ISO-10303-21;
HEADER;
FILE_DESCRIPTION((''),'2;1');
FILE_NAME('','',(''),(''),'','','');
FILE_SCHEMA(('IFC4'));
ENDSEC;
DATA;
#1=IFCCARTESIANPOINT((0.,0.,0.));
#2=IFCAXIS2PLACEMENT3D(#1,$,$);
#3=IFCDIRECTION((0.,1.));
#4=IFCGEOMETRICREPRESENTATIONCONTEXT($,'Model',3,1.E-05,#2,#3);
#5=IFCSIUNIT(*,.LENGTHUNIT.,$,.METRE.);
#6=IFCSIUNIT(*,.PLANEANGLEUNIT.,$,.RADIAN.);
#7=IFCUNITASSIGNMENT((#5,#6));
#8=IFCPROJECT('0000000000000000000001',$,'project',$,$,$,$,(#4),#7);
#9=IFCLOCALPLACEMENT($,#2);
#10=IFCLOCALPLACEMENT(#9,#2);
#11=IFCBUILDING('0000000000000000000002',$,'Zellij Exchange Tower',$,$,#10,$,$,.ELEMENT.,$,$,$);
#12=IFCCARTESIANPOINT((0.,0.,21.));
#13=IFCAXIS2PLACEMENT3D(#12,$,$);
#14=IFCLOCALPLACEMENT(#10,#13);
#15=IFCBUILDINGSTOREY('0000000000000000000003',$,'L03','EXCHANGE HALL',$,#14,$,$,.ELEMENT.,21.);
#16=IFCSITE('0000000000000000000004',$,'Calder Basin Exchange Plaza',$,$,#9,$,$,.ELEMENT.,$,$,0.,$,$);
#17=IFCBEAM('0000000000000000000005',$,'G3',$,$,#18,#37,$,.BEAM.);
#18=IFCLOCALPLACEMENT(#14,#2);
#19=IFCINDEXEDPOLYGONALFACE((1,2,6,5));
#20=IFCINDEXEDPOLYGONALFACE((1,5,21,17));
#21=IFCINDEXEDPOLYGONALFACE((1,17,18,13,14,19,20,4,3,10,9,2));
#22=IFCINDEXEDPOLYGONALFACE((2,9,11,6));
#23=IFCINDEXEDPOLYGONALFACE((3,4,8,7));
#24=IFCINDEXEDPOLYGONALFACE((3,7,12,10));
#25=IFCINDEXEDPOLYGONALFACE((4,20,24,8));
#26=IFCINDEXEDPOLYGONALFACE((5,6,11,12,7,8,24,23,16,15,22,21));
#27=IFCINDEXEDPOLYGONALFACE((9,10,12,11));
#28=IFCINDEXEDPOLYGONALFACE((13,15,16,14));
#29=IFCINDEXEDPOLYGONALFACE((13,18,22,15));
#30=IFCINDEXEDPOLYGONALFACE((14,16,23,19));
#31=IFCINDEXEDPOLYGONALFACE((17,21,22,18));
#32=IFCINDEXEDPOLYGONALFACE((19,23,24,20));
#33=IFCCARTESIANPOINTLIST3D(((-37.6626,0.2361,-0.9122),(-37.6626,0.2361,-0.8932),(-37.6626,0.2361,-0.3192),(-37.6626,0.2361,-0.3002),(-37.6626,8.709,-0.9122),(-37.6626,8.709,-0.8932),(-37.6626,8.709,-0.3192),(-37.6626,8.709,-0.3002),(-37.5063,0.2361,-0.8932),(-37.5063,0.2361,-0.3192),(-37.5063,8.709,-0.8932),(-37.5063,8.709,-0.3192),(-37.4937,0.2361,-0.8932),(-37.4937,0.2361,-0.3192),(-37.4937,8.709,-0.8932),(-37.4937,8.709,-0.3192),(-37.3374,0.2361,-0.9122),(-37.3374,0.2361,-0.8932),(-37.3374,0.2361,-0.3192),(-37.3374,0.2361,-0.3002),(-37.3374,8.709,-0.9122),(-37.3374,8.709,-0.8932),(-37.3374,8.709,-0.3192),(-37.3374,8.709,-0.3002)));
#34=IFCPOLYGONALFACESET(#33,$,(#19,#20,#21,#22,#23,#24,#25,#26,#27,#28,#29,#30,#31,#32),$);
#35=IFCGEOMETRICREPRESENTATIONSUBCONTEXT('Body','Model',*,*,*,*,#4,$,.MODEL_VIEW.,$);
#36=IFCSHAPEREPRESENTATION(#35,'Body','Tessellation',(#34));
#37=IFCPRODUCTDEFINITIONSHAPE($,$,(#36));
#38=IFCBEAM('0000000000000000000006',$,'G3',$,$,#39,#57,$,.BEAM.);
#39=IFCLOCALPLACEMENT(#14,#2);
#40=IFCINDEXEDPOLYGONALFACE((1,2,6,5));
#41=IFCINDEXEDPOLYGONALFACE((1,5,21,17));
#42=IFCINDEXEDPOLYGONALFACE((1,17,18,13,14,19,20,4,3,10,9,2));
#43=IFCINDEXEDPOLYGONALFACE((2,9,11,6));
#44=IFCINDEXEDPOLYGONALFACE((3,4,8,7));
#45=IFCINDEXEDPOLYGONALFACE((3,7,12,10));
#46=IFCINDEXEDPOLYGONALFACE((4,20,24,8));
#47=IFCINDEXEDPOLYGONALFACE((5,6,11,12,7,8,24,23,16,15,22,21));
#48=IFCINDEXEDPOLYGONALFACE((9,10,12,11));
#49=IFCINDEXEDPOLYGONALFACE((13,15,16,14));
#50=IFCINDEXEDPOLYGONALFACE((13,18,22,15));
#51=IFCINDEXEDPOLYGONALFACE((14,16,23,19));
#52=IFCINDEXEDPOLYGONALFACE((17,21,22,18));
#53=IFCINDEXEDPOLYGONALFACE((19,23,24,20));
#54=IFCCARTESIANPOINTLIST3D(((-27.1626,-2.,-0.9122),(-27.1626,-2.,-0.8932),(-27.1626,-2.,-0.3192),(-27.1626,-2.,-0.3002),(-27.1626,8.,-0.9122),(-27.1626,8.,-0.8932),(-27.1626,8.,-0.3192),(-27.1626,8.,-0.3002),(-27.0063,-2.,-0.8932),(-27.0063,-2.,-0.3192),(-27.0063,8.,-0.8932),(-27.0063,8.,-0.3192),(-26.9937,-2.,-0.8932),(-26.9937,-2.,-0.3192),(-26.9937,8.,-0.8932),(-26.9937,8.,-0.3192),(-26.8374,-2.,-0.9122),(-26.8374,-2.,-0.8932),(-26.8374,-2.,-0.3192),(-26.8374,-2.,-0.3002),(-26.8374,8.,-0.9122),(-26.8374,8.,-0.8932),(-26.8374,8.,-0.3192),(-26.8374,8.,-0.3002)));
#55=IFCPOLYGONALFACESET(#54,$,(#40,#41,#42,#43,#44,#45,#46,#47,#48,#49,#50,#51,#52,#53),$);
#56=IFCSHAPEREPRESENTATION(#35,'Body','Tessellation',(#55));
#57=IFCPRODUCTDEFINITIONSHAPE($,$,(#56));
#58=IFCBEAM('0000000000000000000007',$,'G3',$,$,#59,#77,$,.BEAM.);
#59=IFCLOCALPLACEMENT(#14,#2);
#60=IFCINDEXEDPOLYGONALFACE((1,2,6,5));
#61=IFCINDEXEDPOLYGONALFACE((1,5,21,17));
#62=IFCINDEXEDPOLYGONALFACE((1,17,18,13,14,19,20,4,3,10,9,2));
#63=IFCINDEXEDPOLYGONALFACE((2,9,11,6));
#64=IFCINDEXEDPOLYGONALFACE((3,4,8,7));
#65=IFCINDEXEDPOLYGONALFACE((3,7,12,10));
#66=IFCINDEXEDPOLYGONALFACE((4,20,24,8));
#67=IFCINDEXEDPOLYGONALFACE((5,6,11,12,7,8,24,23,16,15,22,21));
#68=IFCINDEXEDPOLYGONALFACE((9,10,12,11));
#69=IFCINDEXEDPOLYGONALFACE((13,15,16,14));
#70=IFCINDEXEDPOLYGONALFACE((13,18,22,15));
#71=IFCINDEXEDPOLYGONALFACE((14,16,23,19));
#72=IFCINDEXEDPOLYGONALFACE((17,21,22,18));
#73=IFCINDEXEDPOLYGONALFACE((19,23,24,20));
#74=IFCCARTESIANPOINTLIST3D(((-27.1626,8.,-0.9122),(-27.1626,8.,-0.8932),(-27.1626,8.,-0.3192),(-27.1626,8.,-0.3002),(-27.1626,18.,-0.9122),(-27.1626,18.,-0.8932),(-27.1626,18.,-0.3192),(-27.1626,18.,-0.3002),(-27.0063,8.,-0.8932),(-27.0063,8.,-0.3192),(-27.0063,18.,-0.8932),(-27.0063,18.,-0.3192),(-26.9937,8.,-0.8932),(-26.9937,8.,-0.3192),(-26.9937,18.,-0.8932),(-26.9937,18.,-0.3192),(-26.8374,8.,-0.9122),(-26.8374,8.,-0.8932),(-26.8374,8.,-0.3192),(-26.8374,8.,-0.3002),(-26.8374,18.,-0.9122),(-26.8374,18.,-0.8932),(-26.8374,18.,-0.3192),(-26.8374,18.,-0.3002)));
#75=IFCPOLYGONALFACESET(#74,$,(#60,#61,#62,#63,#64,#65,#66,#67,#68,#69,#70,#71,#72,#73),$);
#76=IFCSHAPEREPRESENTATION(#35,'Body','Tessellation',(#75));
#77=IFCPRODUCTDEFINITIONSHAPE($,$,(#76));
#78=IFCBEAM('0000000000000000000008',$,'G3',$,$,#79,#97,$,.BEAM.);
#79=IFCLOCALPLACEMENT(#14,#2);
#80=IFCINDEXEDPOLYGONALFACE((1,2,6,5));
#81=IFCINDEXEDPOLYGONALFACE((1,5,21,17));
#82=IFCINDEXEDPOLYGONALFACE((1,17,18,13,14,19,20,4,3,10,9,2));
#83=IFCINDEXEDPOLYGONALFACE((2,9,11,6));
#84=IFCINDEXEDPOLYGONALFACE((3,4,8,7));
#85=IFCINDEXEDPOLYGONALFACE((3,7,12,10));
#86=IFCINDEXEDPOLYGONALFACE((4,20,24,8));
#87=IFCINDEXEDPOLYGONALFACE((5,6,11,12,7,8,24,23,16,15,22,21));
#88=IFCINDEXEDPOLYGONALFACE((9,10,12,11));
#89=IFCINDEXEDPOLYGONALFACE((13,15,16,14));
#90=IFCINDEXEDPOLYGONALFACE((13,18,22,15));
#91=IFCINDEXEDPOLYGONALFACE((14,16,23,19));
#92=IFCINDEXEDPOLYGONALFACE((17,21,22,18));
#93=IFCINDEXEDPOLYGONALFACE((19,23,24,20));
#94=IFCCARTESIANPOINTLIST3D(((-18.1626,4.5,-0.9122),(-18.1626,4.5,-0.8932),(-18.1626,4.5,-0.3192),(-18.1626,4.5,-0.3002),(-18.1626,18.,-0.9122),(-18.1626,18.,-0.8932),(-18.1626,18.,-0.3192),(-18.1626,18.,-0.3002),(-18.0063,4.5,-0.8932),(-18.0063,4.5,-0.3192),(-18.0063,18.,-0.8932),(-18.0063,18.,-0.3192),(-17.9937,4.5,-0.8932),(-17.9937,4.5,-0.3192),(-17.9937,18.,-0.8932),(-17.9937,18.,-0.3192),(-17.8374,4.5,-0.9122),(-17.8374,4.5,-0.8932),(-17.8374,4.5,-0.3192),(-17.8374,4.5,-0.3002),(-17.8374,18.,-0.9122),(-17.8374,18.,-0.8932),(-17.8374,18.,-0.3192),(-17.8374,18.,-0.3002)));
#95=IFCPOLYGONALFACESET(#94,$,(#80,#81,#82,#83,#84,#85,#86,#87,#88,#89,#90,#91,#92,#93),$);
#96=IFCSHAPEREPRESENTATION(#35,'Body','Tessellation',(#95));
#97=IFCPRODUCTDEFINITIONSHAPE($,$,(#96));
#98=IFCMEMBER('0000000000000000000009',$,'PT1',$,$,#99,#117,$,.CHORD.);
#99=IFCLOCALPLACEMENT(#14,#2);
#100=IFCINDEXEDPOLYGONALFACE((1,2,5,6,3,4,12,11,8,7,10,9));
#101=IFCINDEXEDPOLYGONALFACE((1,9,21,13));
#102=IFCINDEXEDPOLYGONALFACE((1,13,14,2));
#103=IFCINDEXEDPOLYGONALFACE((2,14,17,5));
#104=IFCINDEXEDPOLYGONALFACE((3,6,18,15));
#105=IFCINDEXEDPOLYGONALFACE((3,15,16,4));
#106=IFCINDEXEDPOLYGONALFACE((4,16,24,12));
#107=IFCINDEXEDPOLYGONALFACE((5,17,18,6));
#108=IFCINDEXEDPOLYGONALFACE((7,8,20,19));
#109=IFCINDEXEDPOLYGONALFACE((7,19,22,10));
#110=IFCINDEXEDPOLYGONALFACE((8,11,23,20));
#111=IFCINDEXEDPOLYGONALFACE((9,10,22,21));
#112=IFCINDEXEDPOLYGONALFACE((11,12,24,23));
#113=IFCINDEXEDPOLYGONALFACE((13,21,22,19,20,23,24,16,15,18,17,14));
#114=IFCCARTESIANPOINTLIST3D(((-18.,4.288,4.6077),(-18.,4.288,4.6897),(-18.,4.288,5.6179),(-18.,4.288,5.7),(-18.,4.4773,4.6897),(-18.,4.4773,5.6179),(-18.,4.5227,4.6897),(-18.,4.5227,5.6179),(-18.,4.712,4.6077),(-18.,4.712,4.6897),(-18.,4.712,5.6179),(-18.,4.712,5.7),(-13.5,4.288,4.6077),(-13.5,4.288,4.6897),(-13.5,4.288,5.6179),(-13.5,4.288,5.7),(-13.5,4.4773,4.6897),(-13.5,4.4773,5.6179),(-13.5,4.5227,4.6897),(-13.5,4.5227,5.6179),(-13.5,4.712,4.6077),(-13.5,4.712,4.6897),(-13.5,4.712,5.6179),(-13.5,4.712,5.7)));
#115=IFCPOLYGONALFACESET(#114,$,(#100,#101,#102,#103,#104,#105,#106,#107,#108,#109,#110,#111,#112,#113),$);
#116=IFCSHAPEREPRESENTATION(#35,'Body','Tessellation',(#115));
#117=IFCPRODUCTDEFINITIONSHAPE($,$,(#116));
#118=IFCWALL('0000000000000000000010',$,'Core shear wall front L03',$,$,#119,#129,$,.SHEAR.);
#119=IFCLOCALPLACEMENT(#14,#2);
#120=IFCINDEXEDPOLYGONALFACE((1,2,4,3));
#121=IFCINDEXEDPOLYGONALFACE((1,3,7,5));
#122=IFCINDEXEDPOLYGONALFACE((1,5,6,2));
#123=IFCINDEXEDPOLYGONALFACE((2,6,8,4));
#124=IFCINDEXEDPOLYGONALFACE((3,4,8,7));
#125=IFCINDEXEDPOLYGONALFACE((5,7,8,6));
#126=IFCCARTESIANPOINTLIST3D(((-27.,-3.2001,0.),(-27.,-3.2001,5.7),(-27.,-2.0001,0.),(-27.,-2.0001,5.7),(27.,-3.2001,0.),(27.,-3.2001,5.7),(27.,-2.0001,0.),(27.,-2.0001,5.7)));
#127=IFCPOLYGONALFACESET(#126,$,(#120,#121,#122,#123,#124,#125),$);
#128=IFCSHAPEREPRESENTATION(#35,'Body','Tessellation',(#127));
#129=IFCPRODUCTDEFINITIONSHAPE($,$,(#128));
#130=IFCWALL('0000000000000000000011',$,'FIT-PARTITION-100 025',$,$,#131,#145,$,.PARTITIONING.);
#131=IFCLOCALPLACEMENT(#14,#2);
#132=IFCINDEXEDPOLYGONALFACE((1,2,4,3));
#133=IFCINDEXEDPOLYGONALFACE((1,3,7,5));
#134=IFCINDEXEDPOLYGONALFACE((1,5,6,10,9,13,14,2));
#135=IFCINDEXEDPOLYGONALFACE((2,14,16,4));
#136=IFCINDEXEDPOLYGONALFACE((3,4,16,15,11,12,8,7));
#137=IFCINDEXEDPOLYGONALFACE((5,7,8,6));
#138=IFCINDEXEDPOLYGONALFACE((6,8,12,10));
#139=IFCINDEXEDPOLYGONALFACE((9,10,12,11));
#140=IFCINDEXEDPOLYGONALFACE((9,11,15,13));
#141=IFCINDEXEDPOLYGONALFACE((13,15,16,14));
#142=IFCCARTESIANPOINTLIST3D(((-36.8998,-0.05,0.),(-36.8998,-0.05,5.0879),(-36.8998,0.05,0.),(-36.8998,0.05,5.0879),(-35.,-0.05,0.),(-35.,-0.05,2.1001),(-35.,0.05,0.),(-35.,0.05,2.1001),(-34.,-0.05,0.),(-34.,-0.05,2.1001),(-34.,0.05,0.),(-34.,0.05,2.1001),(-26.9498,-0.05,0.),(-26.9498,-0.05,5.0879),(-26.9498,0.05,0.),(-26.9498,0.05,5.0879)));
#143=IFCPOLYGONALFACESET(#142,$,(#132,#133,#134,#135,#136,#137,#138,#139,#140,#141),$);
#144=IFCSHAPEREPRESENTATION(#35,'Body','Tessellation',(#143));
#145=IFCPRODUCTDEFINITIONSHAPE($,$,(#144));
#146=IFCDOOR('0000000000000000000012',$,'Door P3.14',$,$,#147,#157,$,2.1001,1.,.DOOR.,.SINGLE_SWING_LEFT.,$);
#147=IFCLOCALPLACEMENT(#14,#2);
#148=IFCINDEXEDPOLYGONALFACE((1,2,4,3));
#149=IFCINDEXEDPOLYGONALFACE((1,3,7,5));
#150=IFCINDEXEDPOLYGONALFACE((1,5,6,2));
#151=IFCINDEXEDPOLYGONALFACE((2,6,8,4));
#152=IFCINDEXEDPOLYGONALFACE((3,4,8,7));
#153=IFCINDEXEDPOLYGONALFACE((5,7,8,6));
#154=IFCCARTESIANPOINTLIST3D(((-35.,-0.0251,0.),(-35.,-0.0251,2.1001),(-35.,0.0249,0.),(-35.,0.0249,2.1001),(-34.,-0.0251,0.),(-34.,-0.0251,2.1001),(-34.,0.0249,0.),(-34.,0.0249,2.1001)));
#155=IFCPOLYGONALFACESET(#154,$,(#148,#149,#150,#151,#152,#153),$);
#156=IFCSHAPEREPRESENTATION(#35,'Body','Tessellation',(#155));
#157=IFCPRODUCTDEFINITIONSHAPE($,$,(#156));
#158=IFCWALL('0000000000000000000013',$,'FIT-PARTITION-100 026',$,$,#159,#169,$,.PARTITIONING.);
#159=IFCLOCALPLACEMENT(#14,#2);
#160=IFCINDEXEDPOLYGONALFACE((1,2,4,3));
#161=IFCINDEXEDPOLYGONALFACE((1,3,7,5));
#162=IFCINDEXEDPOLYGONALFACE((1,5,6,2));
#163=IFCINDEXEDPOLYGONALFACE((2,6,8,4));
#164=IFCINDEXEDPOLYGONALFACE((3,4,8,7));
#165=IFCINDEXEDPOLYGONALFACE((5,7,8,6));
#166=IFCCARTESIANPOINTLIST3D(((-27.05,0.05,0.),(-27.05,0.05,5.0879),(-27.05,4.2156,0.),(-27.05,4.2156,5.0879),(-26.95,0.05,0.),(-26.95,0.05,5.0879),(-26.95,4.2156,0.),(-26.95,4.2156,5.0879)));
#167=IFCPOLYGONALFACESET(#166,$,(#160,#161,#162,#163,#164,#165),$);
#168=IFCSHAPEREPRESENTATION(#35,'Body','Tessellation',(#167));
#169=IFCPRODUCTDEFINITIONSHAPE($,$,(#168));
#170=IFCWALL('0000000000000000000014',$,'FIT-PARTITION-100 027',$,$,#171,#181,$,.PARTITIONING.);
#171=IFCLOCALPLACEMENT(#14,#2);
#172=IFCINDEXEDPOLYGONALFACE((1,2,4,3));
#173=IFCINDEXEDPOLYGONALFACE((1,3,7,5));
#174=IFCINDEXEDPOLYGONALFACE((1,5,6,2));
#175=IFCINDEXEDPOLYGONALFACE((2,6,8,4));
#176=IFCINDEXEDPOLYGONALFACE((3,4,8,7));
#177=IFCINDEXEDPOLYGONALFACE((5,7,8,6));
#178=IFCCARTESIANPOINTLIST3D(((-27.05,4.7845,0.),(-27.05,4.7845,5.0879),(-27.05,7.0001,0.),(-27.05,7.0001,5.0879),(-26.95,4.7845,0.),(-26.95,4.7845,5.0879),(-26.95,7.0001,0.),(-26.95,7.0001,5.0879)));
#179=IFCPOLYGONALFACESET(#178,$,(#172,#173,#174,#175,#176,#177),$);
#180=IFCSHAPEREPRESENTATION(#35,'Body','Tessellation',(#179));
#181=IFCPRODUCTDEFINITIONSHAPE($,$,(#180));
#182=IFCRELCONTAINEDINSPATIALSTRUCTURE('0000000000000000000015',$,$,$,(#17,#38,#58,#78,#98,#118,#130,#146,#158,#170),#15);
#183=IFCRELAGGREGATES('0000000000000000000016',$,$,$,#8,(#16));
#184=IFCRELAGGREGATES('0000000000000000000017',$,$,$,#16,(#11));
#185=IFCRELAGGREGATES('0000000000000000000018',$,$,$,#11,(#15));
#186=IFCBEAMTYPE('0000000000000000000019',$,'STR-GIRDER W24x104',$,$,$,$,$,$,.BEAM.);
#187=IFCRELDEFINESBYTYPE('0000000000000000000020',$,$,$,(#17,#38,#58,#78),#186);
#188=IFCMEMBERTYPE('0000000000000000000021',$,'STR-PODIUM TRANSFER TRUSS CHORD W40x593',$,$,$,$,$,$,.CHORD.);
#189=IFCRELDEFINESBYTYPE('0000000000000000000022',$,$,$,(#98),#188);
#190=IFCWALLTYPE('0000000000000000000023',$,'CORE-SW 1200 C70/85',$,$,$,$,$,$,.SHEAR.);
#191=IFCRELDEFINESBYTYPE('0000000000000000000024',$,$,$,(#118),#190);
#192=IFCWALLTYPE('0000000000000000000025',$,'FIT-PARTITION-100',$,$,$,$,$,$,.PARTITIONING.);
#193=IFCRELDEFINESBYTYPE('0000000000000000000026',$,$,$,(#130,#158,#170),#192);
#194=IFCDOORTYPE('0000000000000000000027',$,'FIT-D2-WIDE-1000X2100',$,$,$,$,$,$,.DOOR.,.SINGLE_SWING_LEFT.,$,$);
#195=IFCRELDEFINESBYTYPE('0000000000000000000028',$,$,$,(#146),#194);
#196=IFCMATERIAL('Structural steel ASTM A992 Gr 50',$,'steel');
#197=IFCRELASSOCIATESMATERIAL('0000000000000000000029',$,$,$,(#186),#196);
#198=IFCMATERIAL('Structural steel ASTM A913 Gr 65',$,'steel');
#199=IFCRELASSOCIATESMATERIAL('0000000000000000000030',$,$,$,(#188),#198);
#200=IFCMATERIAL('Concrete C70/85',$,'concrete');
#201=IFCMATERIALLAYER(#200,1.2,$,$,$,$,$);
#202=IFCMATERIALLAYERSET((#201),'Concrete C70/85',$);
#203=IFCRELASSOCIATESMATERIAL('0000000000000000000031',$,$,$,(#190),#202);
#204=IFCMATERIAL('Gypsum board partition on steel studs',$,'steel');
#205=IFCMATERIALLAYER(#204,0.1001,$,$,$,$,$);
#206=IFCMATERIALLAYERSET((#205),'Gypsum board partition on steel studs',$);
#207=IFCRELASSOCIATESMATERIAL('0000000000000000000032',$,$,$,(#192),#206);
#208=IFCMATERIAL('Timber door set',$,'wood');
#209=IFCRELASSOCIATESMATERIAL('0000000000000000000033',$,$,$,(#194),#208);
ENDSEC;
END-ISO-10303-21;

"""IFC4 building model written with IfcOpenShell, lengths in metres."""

from ifc_helpers import new_model, si_unit, direction, frame, frame_2d, origin, origin_2d, place, context, subcontext, project, spatial, rectangle, i_section, extrude, material, layer, layer_set, material_profile, profile_set, type_object, element, fill, save


model = new_model("IFC4")

# Units and contexts
model_context = context("Model", 3, precision=1e-05, world=origin(), true_north=direction((0.0, 1.0)))
body_context = subcontext(model_context, "Body", "Model", "MODEL_VIEW")
ifc_project = project(units=[si_unit("LENGTHUNIT", "METRE"), si_unit("PLANEANGLEUNIT", "RADIAN")], contexts=[model_context])

# Site, building, storey
site_placement = place(None, origin())
site = spatial("IfcSite", under=ifc_project, at=site_placement, Name="Calder Basin Exchange Plaza", CompositionType="ELEMENT", RefElevation=0.0)
building_placement = place(site_placement, origin())
building = spatial("IfcBuilding", under=site, at=building_placement, Name="Zellij Exchange Tower", CompositionType="ELEMENT")
storey_placement = place(building_placement, frame((0.0, 0.0, 21.0)))
storey = spatial("IfcBuildingStorey", under=building, at=storey_placement, Name="L03", Description="EXCHANGE HALL", CompositionType="ELEMENT", Elevation=21.0)

# Shared definitions
ifc_material_1 = material(Name="Concrete C70/85", Category="concrete")
ifc_material_2 = material(Name="Structural steel ASTM A913 Gr 65", Category="steel")

# Beams
ifc_material_3 = material(Name="Structural steel ASTM A992 Gr 50", Category="steel")
ifc_material_profile_1 = material_profile(ifc_material_3, i_section(OverallWidth=0.3252, OverallDepth=0.6121, WebThickness=0.0127, FlangeThickness=0.019, at=origin_2d()), Name="W24x104")
ifc_profile_set_1 = profile_set([ifc_material_profile_1], Name="Structural steel ASTM A992 Gr 50")
beam_type_1 = type_object("IfcBeamType", Name="STR-GIRDER W24x104", PredefinedType="BEAM", material=ifc_profile_set_1)
beam_1_placement = place(storey_placement, frame((-37.5, 0.2361, -0.6062), z_axis=(0.0, 1.0, 0.0), x_axis=(-1.0, 0.0, 0.0)))
element("IfcBeam", 1, at=beam_1_placement, inside=storey, type_object=beam_type_1, Name="G3", PredefinedType="BEAM", context=body_context, shape_type="SweptSolid", body=[
    extrude(i_section(OverallWidth=0.3252, OverallDepth=0.6121, WebThickness=0.0127, FlangeThickness=0.019, at=origin_2d()), origin(), (0.0, 0.0, 1.0), 8.4729),
])
for number, where, z_axis, x_axis, name in (
    (2, (-27.0, -2.0, -0.6062), (0.0, 1.0, 0.0), (-1.0, 0.0, 0.0), "G3"),
    (3, (-27.0, 8.0, -0.6062), (0.0, 1.0, 0.0), (-1.0, 0.0, 0.0), "G3"),
):
    element("IfcBeam", number, at=place(storey_placement, frame(where, z_axis=z_axis, x_axis=x_axis)), inside=storey, type_object=beam_type_1, Name=name, PredefinedType="BEAM", context=body_context, shape_type="SweptSolid", body=[
        extrude(i_section(OverallWidth=0.3252, OverallDepth=0.6121, WebThickness=0.0127, FlangeThickness=0.019, at=origin_2d()), origin(), (0.0, 0.0, 1.0), 10.0),
    ])
beam_2_placement = place(storey_placement, frame((-18.0, 4.5, -0.6062), z_axis=(0.0, 1.0, 0.0), x_axis=(-1.0, 0.0, 0.0)))
element("IfcBeam", 4, at=beam_2_placement, inside=storey, type_object=beam_type_1, Name="G3", PredefinedType="BEAM", context=body_context, shape_type="SweptSolid", body=[
    extrude(i_section(OverallWidth=0.3252, OverallDepth=0.6121, WebThickness=0.0127, FlangeThickness=0.019, at=origin_2d()), origin(), (0.0, 0.0, 1.0), 13.5),
])

# Member
ifc_material_profile_2 = material_profile(ifc_material_2, i_section(OverallWidth=0.4241, OverallDepth=1.0923, WebThickness=0.0454, FlangeThickness=0.082, at=origin_2d()), Name="W40x593")
ifc_profile_set_2 = profile_set([ifc_material_profile_2], Name="Structural steel ASTM A913 Gr 65")
member_type = type_object("IfcMemberType", Name="STR-PODIUM TRANSFER TRUSS CHORD W40x593", PredefinedType="CHORD", material=ifc_profile_set_2)
member_placement = place(storey_placement, frame((-18.0, 4.5, 5.1538), z_axis=(1.0, 0.0, 0.0), x_axis=(0.0, 1.0, 0.0)))
element("IfcMember", 5, at=member_placement, inside=storey, type_object=member_type, Name="PT1", PredefinedType="CHORD", context=body_context, shape_type="SweptSolid", body=[
    extrude(i_section(OverallWidth=0.4241, OverallDepth=1.0923, WebThickness=0.0454, FlangeThickness=0.082, at=origin_2d()), origin(), (0.0, 0.0, 1.0), 4.5),
])

# Wall
ifc_layer_1 = layer(ifc_material_1, 1.2)
ifc_layer_set_1 = layer_set([ifc_layer_1], Name="Concrete C70/85")
wall_type_1 = type_object("IfcWallType", Name="CORE-SW 1200 C70/85", PredefinedType="SHEAR", material=ifc_layer_set_1)
wall_1_placement = place(storey_placement, frame((-27.0, -2.6001, 0.0), z_axis=(0.0, 0.0, 1.0), x_axis=(1.0, 0.0, 0.0)))
element("IfcWall", 6, at=wall_1_placement, inside=storey, type_object=wall_type_1, Name="Core shear wall front L03", PredefinedType="SHEAR", context=body_context, shape_type="SweptSolid", body=[
    extrude(rectangle(XDim=54.0, YDim=1.2, at=frame_2d((27.0, 0.0))), origin(), (0.0, 0.0, 1.0), 5.7),
])

# Wall, opening, door
ifc_material_4 = material(Name="Gypsum board partition on steel studs", Category="steel")
ifc_layer_2 = layer(ifc_material_4, 0.1001)
ifc_layer_set_2 = layer_set([ifc_layer_2], Name="Gypsum board partition on steel studs")
wall_type_2 = type_object("IfcWallType", Name="FIT-PARTITION-100", PredefinedType="PARTITIONING", material=ifc_layer_set_2)
wall_2_placement = place(storey_placement, frame((-36.8999, 0.0, 0.0), z_axis=(0.0, 0.0, 1.0), x_axis=(1.0, 0.0, 0.0)))
wall_2 = element("IfcWall", 7, at=wall_2_placement, inside=storey, type_object=wall_type_2, Name="FIT-PARTITION-100 025", PredefinedType="PARTITIONING", context=body_context, shape_type="SweptSolid", body=[
    extrude(rectangle(XDim=9.95, YDim=0.1001, at=frame_2d((4.9751, 0.0))), origin(), (0.0, 0.0, 1.0), 5.0879),
])
opening_placement = place(wall_2_placement, frame((1.8999, 0.0, 0.0)))
opening = element("IfcOpeningElement", 8, at=opening_placement, cuts=wall_2, PredefinedType="OPENING", context=body_context, shape_type="SweptSolid", body=[
    extrude(rectangle(XDim=1.0, YDim=2.1001, at=frame_2d((0.5, 1.05))), frame((0.0, 0.062, 0.0), z_axis=(0.0, -1.0, 0.0), x_axis=(1.0, 0.0, 0.0)), (0.0, 0.0, 1.0), 0.124),
])
ifc_material_5 = material(Name="Timber door set", Category="wood")
door_type = type_object("IfcDoorType", Name="FIT-D2-WIDE-1000X2100", OperationType="SINGLE_SWING_LEFT", PredefinedType="DOOR", material=ifc_material_5)
door_placement = place(opening_placement, origin())
door = element("IfcDoor", 9, at=door_placement, inside=storey, type_object=door_type, Name="Door P3.14", OperationType="SINGLE_SWING_LEFT", OverallHeight=2.1001, OverallWidth=1.0, PredefinedType="DOOR", context=body_context, shape_type="SweptSolid", body=[
    extrude(rectangle(XDim=1.0, YDim=2.1001, at=frame_2d((0.5, 1.05))), frame((0.0, 0.0249, 0.0), z_axis=(0.0, -1.0, 0.0), x_axis=(1.0, 0.0, 0.0)), (0.0, 0.0, 1.0), 0.05),
])
fill(opening, door)

# Walls
wall_3_placement = place(storey_placement, frame((-27.0, 0.05, 0.0), z_axis=(0.0, 0.0, 1.0), x_axis=(0.0, 1.0, 0.0)))
element("IfcWall", 10, at=wall_3_placement, inside=storey, type_object=wall_type_2, Name="FIT-PARTITION-100 026", PredefinedType="PARTITIONING", context=body_context, shape_type="SweptSolid", body=[
    extrude(rectangle(XDim=4.1655, YDim=0.1001, at=frame_2d((2.0828, 0.0))), origin(), (0.0, 0.0, 1.0), 5.0879),
])
wall_4_placement = place(storey_placement, frame((-27.0, 4.7844, 0.0), z_axis=(0.0, 0.0, 1.0), x_axis=(0.0, 1.0, 0.0)))
element("IfcWall", 11, at=wall_4_placement, inside=storey, type_object=wall_type_2, Name="FIT-PARTITION-100 027", PredefinedType="PARTITIONING", context=body_context, shape_type="SweptSolid", body=[
    extrude(rectangle(XDim=2.2156, YDim=0.1001, at=frame_2d((1.1079, 0.0))), origin(), (0.0, 0.0, 1.0), 5.0879),
])

save(model, "model.ifc")
